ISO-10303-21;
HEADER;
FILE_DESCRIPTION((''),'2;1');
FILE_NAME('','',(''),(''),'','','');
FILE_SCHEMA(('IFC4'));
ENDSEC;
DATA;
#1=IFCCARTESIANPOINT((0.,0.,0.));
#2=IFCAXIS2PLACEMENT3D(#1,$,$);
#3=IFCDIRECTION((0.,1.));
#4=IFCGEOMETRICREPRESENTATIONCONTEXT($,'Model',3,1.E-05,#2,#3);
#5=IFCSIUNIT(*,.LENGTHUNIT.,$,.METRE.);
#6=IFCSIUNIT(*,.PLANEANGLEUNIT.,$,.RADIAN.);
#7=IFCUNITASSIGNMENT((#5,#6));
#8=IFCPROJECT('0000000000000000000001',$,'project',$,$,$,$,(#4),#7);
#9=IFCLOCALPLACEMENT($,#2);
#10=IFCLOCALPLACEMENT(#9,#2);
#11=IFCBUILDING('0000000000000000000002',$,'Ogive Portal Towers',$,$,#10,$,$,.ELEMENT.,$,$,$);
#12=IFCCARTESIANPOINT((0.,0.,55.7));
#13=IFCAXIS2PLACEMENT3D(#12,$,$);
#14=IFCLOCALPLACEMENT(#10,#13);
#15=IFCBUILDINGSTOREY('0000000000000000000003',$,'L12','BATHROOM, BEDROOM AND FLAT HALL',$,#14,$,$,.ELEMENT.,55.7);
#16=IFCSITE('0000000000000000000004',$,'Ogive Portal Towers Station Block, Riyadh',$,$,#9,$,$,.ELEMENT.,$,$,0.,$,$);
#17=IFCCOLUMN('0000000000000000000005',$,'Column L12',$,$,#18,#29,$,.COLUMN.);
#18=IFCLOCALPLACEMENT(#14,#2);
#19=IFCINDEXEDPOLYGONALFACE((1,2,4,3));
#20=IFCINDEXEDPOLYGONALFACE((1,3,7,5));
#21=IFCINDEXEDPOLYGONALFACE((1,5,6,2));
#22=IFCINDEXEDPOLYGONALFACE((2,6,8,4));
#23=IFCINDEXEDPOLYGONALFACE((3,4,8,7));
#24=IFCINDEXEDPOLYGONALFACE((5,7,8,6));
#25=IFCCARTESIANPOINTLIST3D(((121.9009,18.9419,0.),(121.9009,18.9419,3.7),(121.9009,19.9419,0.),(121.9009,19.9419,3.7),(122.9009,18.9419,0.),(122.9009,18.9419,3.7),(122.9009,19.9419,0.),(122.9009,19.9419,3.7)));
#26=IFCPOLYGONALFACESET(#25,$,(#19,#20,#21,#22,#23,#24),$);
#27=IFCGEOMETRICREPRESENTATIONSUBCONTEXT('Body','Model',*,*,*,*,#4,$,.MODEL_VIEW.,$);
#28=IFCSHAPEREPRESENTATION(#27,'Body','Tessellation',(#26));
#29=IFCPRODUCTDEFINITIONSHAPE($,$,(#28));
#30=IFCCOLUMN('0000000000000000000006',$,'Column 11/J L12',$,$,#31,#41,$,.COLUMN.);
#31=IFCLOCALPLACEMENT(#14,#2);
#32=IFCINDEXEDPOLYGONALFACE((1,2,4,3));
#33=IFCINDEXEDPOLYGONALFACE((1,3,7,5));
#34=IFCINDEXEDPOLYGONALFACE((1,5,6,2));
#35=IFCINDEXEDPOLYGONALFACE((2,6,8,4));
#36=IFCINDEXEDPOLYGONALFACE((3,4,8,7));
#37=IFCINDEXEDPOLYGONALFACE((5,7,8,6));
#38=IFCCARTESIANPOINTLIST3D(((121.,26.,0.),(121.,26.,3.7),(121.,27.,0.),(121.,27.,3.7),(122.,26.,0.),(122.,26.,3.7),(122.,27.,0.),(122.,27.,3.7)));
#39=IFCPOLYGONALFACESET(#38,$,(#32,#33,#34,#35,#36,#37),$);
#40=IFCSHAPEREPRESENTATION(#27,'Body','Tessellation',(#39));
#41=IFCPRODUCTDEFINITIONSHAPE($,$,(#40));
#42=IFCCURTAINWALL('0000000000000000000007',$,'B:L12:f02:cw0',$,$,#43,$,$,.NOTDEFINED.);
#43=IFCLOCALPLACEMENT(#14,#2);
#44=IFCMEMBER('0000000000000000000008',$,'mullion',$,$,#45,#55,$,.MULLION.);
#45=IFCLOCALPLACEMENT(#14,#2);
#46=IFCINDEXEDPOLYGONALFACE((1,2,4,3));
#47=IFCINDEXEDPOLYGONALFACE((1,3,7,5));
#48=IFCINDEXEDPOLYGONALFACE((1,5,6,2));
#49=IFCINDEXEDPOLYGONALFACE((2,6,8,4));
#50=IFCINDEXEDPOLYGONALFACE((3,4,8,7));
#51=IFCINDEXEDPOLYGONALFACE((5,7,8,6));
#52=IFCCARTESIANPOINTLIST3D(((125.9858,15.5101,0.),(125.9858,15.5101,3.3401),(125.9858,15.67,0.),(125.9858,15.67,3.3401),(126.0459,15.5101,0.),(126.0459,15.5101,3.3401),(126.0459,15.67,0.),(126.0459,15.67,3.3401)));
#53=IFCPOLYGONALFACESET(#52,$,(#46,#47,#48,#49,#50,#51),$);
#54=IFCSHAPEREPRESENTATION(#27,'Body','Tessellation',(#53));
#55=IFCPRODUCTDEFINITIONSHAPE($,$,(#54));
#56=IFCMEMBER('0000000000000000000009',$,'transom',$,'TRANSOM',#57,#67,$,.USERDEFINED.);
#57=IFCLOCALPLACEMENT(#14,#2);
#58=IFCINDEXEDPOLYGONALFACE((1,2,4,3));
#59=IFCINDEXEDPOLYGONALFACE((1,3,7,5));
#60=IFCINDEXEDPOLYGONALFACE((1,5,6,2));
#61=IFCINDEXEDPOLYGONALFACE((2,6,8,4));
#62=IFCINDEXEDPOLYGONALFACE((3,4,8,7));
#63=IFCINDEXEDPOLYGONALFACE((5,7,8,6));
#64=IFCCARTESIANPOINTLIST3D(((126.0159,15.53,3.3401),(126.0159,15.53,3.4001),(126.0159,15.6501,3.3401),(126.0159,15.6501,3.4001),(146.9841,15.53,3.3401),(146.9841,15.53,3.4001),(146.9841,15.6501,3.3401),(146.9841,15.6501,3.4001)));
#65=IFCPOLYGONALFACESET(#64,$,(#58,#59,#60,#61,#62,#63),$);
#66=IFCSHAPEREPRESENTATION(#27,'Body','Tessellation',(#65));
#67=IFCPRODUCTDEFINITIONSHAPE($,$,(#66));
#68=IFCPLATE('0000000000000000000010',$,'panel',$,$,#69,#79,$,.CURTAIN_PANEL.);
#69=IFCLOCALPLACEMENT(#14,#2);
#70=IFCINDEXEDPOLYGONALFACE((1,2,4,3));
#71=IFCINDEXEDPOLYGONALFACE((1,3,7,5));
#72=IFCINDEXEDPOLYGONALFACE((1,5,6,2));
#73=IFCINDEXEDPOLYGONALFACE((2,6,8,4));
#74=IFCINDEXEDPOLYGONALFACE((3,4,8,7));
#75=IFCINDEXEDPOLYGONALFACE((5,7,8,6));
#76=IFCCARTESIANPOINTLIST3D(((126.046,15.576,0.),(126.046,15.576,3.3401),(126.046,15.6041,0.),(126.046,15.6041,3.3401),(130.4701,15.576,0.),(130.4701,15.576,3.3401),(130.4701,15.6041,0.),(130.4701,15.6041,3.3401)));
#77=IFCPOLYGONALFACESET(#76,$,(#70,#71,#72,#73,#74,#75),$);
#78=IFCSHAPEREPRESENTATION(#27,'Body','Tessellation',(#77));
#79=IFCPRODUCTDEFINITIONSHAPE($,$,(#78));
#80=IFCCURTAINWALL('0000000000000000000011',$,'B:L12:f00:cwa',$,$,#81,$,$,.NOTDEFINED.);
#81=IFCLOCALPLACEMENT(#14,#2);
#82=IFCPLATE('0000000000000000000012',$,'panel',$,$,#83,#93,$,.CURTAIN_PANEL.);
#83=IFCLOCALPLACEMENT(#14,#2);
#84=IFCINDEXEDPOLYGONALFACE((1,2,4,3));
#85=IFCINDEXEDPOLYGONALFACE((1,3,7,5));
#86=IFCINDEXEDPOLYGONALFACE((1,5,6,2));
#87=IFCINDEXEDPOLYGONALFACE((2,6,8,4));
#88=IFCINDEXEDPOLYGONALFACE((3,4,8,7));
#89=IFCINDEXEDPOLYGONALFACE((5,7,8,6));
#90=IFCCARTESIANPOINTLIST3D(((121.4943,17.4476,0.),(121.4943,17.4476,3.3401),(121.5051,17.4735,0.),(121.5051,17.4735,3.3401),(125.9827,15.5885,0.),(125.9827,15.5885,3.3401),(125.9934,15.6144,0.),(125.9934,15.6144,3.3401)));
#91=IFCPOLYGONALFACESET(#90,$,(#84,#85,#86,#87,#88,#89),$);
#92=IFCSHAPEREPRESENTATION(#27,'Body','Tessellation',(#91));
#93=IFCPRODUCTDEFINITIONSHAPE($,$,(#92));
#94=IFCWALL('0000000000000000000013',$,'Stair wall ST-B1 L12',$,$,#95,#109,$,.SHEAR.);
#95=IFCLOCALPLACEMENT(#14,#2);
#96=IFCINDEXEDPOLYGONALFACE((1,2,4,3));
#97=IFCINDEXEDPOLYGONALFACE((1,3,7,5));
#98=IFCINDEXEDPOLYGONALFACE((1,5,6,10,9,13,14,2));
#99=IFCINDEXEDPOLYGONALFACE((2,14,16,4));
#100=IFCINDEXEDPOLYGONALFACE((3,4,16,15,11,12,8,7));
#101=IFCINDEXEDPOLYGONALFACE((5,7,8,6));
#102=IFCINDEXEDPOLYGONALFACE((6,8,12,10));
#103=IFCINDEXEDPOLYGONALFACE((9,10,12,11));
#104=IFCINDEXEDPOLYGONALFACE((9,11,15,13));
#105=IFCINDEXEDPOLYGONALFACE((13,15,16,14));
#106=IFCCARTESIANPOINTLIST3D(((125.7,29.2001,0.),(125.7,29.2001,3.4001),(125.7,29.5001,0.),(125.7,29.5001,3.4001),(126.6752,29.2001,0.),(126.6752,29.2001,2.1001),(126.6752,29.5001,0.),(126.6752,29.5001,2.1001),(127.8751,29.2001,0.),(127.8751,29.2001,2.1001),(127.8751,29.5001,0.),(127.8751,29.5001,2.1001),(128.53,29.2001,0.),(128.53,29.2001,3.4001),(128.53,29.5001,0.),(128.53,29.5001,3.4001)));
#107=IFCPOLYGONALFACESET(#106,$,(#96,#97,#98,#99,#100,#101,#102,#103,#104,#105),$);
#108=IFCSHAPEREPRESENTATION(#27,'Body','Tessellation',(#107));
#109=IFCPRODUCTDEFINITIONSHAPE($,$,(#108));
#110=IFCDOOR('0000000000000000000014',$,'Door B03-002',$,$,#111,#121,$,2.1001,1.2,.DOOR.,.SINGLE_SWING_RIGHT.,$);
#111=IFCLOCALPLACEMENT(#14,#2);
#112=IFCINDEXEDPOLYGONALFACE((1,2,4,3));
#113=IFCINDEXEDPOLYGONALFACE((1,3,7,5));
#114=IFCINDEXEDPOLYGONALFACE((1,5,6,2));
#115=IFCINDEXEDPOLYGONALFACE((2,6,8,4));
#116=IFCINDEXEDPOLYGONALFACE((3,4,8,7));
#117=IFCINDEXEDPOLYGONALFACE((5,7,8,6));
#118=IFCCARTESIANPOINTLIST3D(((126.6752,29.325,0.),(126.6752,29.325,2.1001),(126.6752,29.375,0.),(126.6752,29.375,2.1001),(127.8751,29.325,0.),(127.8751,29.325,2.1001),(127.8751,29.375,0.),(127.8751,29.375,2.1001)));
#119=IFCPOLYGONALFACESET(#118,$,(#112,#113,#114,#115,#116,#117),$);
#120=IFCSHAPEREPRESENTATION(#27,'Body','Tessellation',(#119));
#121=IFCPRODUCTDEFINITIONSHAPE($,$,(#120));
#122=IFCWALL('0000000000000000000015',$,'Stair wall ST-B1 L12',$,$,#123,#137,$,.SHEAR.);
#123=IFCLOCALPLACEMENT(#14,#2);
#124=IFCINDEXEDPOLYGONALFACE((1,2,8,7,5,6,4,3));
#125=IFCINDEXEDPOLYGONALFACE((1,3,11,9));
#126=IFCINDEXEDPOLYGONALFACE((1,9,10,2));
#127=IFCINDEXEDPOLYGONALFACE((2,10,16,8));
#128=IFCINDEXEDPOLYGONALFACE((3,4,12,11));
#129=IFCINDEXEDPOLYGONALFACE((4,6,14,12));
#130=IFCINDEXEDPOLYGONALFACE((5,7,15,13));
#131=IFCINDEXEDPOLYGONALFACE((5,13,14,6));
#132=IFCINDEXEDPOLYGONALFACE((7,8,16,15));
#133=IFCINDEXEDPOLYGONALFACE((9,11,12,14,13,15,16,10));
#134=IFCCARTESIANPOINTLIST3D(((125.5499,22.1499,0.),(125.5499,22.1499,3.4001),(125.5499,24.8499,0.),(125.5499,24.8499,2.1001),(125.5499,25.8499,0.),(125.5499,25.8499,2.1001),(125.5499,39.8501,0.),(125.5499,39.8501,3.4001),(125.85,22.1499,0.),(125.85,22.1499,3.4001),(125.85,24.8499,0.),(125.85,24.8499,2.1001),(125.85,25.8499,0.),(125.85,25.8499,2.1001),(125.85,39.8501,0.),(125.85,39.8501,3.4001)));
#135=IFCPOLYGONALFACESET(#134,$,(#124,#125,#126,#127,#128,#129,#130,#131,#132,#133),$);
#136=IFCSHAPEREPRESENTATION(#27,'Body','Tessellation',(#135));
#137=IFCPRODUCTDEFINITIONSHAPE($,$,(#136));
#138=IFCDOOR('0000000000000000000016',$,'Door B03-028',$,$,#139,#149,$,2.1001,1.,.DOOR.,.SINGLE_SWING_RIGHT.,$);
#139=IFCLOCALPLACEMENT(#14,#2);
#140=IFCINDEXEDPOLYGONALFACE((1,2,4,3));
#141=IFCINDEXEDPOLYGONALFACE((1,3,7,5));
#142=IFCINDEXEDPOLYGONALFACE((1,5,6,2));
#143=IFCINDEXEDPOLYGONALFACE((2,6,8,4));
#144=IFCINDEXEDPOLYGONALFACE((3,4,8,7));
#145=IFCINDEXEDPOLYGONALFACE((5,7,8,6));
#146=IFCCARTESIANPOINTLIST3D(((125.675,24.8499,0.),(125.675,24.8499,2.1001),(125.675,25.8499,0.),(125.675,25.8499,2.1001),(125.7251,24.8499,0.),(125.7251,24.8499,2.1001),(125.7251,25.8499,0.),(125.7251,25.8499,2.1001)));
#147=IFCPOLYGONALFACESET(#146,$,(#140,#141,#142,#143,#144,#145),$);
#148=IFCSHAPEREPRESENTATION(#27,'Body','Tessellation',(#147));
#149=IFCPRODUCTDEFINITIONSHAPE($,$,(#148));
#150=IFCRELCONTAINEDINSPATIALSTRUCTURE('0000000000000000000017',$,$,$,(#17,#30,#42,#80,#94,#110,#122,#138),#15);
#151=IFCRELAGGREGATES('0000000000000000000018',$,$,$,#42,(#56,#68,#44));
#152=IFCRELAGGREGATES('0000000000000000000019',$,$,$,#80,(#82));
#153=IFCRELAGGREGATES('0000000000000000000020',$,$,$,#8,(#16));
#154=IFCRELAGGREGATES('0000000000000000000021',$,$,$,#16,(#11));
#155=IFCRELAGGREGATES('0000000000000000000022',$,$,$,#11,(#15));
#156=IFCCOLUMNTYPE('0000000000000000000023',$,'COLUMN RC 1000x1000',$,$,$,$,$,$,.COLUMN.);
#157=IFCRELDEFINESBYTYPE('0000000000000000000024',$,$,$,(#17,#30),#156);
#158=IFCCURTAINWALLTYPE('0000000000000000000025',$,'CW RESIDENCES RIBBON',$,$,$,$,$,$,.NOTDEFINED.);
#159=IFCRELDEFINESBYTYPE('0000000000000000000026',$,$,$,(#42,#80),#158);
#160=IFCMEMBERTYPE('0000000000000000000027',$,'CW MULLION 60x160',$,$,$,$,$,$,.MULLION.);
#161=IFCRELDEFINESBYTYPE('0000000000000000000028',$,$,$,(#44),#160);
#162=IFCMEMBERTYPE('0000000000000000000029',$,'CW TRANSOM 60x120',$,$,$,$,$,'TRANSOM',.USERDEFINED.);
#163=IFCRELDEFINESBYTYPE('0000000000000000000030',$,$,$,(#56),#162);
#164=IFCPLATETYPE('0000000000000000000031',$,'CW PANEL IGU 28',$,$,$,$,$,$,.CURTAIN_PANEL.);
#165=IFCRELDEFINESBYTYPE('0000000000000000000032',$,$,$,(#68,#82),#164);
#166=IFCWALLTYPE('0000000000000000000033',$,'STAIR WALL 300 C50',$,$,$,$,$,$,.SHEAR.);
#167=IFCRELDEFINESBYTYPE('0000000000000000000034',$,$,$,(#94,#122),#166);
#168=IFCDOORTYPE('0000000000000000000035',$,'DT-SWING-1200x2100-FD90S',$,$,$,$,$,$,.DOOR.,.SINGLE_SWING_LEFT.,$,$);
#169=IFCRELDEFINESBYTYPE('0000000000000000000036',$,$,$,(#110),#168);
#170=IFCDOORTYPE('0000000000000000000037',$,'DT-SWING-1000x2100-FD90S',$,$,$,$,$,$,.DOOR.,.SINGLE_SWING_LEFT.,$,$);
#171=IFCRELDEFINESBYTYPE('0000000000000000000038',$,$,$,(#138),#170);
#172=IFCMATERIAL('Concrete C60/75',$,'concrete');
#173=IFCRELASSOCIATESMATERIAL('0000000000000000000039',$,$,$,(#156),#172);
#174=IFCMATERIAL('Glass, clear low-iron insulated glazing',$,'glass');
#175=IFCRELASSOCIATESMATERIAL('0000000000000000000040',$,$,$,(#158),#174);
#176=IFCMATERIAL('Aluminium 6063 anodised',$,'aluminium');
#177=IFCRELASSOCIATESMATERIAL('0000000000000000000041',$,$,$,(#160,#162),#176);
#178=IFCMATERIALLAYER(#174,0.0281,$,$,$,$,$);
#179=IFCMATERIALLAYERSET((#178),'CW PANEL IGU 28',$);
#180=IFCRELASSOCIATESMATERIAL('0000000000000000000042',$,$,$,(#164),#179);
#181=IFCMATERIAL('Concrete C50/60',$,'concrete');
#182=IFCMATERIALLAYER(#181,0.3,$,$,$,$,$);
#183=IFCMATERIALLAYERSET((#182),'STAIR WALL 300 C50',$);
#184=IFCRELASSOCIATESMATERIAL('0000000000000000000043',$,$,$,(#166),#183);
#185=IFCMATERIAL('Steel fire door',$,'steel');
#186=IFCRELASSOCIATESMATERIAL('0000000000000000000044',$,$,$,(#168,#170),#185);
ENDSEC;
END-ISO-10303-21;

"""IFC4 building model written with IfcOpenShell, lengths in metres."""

from ifc_helpers import new_model, si_unit, direction, frame, frame_2d, origin, origin_2d, place, context, subcontext, project, spatial, rectangle, extrude, material, layer, layer_set, material_profile, profile_set, type_object, element, fill, aggregate, save


model = new_model("IFC4")

# Units and contexts
model_context = context("Model", 3, precision=1e-05, world=origin(), true_north=direction((0.0, 1.0)))
body_context = subcontext(model_context, "Body", "Model", "MODEL_VIEW")
ifc_project = project(units=[si_unit("LENGTHUNIT", "METRE"), si_unit("PLANEANGLEUNIT", "RADIAN")], contexts=[model_context])

# Site, building, storey
site_placement = place(None, origin())
site = spatial("IfcSite", under=ifc_project, at=site_placement, Name="Ogive Portal Towers Station Block, Riyadh", CompositionType="ELEMENT", RefElevation=0.0)
building_placement = place(site_placement, origin())
building = spatial("IfcBuilding", under=site, at=building_placement, Name="Ogive Portal Towers", CompositionType="ELEMENT")
storey_placement = place(building_placement, frame((0.0, 0.0, 55.7)))
storey = spatial("IfcBuildingStorey", under=building, at=storey_placement, Name="L12", Description="BATHROOM, BEDROOM AND FLAT HALL", CompositionType="ELEMENT", Elevation=55.7)

# Columns
ifc_material_1 = material(Name="Concrete C60/75", Category="concrete")
ifc_material_profile_1 = material_profile(ifc_material_1, rectangle(XDim=1.0, YDim=1.0, at=origin_2d()), Name="RC 1000x1000")
ifc_profile_set_1 = profile_set([ifc_material_profile_1], Name="Concrete C60/75")
column_type = type_object("IfcColumnType", Name="COLUMN RC 1000x1000", PredefinedType="COLUMN", material=ifc_profile_set_1)
for number, where, z_axis, x_axis, name in (
    (1, (122.4009, 19.4419, 0.0), (0.0, 0.0, 1.0), (1.0, 0.0, 0.0), "Column L12"),
    (2, (121.5, 26.5, 0.0), (0.0, 0.0, 1.0), (1.0, 0.0, 0.0), "Column 11/J L12"),
):
    element("IfcColumn", number, at=place(storey_placement, frame(where, z_axis=z_axis, x_axis=x_axis)), inside=storey, type_object=column_type, Name=name, PredefinedType="COLUMN", context=body_context, shape_type="SweptSolid", body=[
        extrude(rectangle(XDim=1.0, YDim=1.0, at=origin_2d()), origin(), (0.0, 0.0, 1.0), 3.7),
    ])

# Curtain wall, members, plate
ifc_material_2 = material(Name="Glass, clear low-iron insulated glazing", Category="glass")
curtain_wall_type = type_object("IfcCurtainWallType", Name="CW RESIDENCES RIBBON", PredefinedType="NOTDEFINED", material=ifc_material_2)
curtain_wall_1_placement = place(storey_placement, origin())
curtain_wall_1 = element("IfcCurtainWall", 3, at=curtain_wall_1_placement, inside=storey, type_object=curtain_wall_type, Name="B:L12:f02:cw0", PredefinedType="NOTDEFINED")
ifc_material_3 = material(Name="Aluminium 6063 anodised", Category="aluminium")
ifc_material_profile_2 = material_profile(ifc_material_3, rectangle(XDim=0.1599, YDim=0.0601, at=origin_2d()), Name="AL 60x160")
ifc_profile_set_2 = profile_set([ifc_material_profile_2], Name="Aluminium 6063 anodised")
member_type_1 = type_object("IfcMemberType", Name="CW MULLION 60x160", PredefinedType="MULLION", material=ifc_profile_set_2)
member_1_placement = place(storey_placement, frame((126.0159, 15.5901, 0.0), z_axis=(0.0, 0.0, 1.0), x_axis=(0.0, 1.0, 0.0)))
member_1 = element("IfcMember", 4, at=member_1_placement, type_object=member_type_1, Name="mullion", PredefinedType="MULLION", context=body_context, shape_type="SweptSolid", body=[
    extrude(rectangle(XDim=0.1599, YDim=0.0601, at=origin_2d()), origin(), (0.0, 0.0, 1.0), 3.3401),
])
ifc_material_profile_3 = material_profile(ifc_material_3, rectangle(XDim=0.1201, YDim=0.0601, at=origin_2d()), Name="AL 120x60")
ifc_profile_set_3 = profile_set([ifc_material_profile_3], Name="Aluminium 6063 anodised")
member_type_2 = type_object("IfcMemberType", Name="CW TRANSOM 60x120", ElementType="TRANSOM", PredefinedType="USERDEFINED", material=ifc_profile_set_3)
member_2_placement = place(storey_placement, frame((126.0159, 15.5901, 3.3701), z_axis=(1.0, 0.0, 0.0), x_axis=(0.0, 1.0, 0.0)))
member_2 = element("IfcMember", 5, at=member_2_placement, type_object=member_type_2, Name="transom", ObjectType="TRANSOM", PredefinedType="USERDEFINED", context=body_context, shape_type="SweptSolid", body=[
    extrude(rectangle(XDim=0.1201, YDim=0.0601, at=origin_2d()), origin(), (0.0, 0.0, 1.0), 20.9683),
])
ifc_layer_1 = layer(ifc_material_2, 0.0281)
ifc_layer_set_1 = layer_set([ifc_layer_1], Name="CW PANEL IGU 28")
plate_type = type_object("IfcPlateType", Name="CW PANEL IGU 28", PredefinedType="CURTAIN_PANEL", material=ifc_layer_set_1)
plate_1_placement = place(storey_placement, frame((128.2581, 15.5901, 0.0), z_axis=(0.0, 0.0, 1.0), x_axis=(1.0, 0.0, 0.0)))
plate_1 = element("IfcPlate", 6, at=plate_1_placement, type_object=plate_type, Name="panel", PredefinedType="CURTAIN_PANEL", context=body_context, shape_type="SweptSolid", body=[
    extrude(rectangle(XDim=4.4241, YDim=0.0281, at=origin_2d()), origin(), (0.0, 0.0, 1.0), 3.3401),
])
aggregate(curtain_wall_1, [member_2, plate_1, member_1])

# Curtain wall, plate
curtain_wall_2_placement = place(storey_placement, origin())
curtain_wall_2 = element("IfcCurtainWall", 7, at=curtain_wall_2_placement, inside=storey, type_object=curtain_wall_type, Name="B:L12:f00:cwa", PredefinedType="NOTDEFINED")
plate_2_placement = place(storey_placement, frame((123.7439, 16.531, 0.0), z_axis=(0.0, 0.0, 1.0), x_axis=(0.92388, -0.382683, 0.0)))
plate_2 = element("IfcPlate", 8, at=plate_2_placement, type_object=plate_type, Name="panel", PredefinedType="CURTAIN_PANEL", context=body_context, shape_type="SweptSolid", body=[
    extrude(rectangle(XDim=4.8582, YDim=0.0281, at=origin_2d()), origin(), (0.0, 0.0, 1.0), 3.3401),
])
aggregate(curtain_wall_2, [plate_2])

# Walls, openings, doors
ifc_material_4 = material(Name="Concrete C50/60", Category="concrete")
ifc_layer_2 = layer(ifc_material_4, 0.3)
ifc_layer_set_2 = layer_set([ifc_layer_2], Name="STAIR WALL 300 C50")
wall_type_1 = type_object("IfcWallType", Name="STAIR WALL 300 C50", PredefinedType="SHEAR", material=ifc_layer_set_2)
wall_1_placement = place(storey_placement, frame((125.7, 29.3501, 0.0), z_axis=(0.0, 0.0, 1.0), x_axis=(1.0, 0.0, 0.0)))
wall_1 = element("IfcWall", 9, at=wall_1_placement, inside=storey, type_object=wall_type_1, Name="Stair wall ST-B1 L12", PredefinedType="SHEAR", context=body_context, shape_type="SweptSolid", body=[
    extrude(rectangle(XDim=2.8301, YDim=0.3, at=frame_2d((1.415, 0.0))), origin(), (0.0, 0.0, 1.0), 3.4001),
])
opening_1_placement = place(wall_1_placement, frame((0.9751, 0.0, 0.0)))
opening_1 = element("IfcOpeningElement", 10, at=opening_1_placement, cuts=wall_1, PredefinedType="OPENING", context=body_context, shape_type="SweptSolid", body=[
    extrude(rectangle(XDim=1.2, YDim=2.1001, at=frame_2d((0.6001, 1.05))), frame((0.0, 0.1602, 0.0), z_axis=(0.0, -1.0, 0.0), x_axis=(1.0, 0.0, 0.0)), (0.0, 0.0, 1.0), 0.3201),
])
ifc_material_5 = material(Name="Steel fire door", Category="steel")
door_type_1 = type_object("IfcDoorType", Name="DT-SWING-1200x2100-FD90S", OperationType="SINGLE_SWING_LEFT", PredefinedType="DOOR", material=ifc_material_5)
door_1_placement = place(opening_1_placement, origin())
door_1 = element("IfcDoor", 11, at=door_1_placement, inside=storey, type_object=door_type_1, Name="Door B03-002", OperationType="SINGLE_SWING_RIGHT", OverallHeight=2.1001, OverallWidth=1.2, PredefinedType="DOOR", context=body_context, shape_type="SweptSolid", body=[
    extrude(rectangle(XDim=1.2, YDim=2.1001, at=frame_2d((0.6001, 1.05))), frame((0.0, 0.0249, 0.0), z_axis=(0.0, -1.0, 0.0), x_axis=(1.0, 0.0, 0.0)), (0.0, 0.0, 1.0), 0.05),
])
fill(opening_1, door_1)
wall_2_placement = place(storey_placement, frame((125.7, 22.1499, 0.0), z_axis=(0.0, 0.0, 1.0), x_axis=(0.0, 1.0, 0.0)))
wall_2 = element("IfcWall", 12, at=wall_2_placement, inside=storey, type_object=wall_type_1, Name="Stair wall ST-B1 L12", PredefinedType="SHEAR", context=body_context, shape_type="SweptSolid", body=[
    extrude(rectangle(XDim=17.7002, YDim=0.3, at=frame_2d((8.8501, 0.0))), origin(), (0.0, 0.0, 1.0), 3.4001),
])
opening_2_placement = place(wall_2_placement, frame((2.7, 0.0, 0.0)))
opening_2 = element("IfcOpeningElement", 13, at=opening_2_placement, cuts=wall_2, PredefinedType="OPENING", context=body_context, shape_type="SweptSolid", body=[
    extrude(rectangle(XDim=1.0, YDim=2.1001, at=frame_2d((0.5, 1.05))), frame((0.0, 0.1602, 0.0), z_axis=(0.0, -1.0, 0.0), x_axis=(1.0, 0.0, 0.0)), (0.0, 0.0, 1.0), 0.3201),
])
door_type_2 = type_object("IfcDoorType", Name="DT-SWING-1000x2100-FD90S", OperationType="SINGLE_SWING_LEFT", PredefinedType="DOOR", material=ifc_material_5)
door_2_placement = place(opening_2_placement, origin())
door_2 = element("IfcDoor", 14, at=door_2_placement, inside=storey, type_object=door_type_2, Name="Door B03-028", OperationType="SINGLE_SWING_RIGHT", OverallHeight=2.1001, OverallWidth=1.0, PredefinedType="DOOR", context=body_context, shape_type="SweptSolid", body=[
    extrude(rectangle(XDim=1.0, YDim=2.1001, at=frame_2d((0.5, 1.05))), frame((0.0, 0.0249, 0.0), z_axis=(0.0, -1.0, 0.0), x_axis=(1.0, 0.0, 0.0)), (0.0, 0.0, 1.0), 0.05),
])
fill(opening_2, door_2)

save(model, "model.ifc")
